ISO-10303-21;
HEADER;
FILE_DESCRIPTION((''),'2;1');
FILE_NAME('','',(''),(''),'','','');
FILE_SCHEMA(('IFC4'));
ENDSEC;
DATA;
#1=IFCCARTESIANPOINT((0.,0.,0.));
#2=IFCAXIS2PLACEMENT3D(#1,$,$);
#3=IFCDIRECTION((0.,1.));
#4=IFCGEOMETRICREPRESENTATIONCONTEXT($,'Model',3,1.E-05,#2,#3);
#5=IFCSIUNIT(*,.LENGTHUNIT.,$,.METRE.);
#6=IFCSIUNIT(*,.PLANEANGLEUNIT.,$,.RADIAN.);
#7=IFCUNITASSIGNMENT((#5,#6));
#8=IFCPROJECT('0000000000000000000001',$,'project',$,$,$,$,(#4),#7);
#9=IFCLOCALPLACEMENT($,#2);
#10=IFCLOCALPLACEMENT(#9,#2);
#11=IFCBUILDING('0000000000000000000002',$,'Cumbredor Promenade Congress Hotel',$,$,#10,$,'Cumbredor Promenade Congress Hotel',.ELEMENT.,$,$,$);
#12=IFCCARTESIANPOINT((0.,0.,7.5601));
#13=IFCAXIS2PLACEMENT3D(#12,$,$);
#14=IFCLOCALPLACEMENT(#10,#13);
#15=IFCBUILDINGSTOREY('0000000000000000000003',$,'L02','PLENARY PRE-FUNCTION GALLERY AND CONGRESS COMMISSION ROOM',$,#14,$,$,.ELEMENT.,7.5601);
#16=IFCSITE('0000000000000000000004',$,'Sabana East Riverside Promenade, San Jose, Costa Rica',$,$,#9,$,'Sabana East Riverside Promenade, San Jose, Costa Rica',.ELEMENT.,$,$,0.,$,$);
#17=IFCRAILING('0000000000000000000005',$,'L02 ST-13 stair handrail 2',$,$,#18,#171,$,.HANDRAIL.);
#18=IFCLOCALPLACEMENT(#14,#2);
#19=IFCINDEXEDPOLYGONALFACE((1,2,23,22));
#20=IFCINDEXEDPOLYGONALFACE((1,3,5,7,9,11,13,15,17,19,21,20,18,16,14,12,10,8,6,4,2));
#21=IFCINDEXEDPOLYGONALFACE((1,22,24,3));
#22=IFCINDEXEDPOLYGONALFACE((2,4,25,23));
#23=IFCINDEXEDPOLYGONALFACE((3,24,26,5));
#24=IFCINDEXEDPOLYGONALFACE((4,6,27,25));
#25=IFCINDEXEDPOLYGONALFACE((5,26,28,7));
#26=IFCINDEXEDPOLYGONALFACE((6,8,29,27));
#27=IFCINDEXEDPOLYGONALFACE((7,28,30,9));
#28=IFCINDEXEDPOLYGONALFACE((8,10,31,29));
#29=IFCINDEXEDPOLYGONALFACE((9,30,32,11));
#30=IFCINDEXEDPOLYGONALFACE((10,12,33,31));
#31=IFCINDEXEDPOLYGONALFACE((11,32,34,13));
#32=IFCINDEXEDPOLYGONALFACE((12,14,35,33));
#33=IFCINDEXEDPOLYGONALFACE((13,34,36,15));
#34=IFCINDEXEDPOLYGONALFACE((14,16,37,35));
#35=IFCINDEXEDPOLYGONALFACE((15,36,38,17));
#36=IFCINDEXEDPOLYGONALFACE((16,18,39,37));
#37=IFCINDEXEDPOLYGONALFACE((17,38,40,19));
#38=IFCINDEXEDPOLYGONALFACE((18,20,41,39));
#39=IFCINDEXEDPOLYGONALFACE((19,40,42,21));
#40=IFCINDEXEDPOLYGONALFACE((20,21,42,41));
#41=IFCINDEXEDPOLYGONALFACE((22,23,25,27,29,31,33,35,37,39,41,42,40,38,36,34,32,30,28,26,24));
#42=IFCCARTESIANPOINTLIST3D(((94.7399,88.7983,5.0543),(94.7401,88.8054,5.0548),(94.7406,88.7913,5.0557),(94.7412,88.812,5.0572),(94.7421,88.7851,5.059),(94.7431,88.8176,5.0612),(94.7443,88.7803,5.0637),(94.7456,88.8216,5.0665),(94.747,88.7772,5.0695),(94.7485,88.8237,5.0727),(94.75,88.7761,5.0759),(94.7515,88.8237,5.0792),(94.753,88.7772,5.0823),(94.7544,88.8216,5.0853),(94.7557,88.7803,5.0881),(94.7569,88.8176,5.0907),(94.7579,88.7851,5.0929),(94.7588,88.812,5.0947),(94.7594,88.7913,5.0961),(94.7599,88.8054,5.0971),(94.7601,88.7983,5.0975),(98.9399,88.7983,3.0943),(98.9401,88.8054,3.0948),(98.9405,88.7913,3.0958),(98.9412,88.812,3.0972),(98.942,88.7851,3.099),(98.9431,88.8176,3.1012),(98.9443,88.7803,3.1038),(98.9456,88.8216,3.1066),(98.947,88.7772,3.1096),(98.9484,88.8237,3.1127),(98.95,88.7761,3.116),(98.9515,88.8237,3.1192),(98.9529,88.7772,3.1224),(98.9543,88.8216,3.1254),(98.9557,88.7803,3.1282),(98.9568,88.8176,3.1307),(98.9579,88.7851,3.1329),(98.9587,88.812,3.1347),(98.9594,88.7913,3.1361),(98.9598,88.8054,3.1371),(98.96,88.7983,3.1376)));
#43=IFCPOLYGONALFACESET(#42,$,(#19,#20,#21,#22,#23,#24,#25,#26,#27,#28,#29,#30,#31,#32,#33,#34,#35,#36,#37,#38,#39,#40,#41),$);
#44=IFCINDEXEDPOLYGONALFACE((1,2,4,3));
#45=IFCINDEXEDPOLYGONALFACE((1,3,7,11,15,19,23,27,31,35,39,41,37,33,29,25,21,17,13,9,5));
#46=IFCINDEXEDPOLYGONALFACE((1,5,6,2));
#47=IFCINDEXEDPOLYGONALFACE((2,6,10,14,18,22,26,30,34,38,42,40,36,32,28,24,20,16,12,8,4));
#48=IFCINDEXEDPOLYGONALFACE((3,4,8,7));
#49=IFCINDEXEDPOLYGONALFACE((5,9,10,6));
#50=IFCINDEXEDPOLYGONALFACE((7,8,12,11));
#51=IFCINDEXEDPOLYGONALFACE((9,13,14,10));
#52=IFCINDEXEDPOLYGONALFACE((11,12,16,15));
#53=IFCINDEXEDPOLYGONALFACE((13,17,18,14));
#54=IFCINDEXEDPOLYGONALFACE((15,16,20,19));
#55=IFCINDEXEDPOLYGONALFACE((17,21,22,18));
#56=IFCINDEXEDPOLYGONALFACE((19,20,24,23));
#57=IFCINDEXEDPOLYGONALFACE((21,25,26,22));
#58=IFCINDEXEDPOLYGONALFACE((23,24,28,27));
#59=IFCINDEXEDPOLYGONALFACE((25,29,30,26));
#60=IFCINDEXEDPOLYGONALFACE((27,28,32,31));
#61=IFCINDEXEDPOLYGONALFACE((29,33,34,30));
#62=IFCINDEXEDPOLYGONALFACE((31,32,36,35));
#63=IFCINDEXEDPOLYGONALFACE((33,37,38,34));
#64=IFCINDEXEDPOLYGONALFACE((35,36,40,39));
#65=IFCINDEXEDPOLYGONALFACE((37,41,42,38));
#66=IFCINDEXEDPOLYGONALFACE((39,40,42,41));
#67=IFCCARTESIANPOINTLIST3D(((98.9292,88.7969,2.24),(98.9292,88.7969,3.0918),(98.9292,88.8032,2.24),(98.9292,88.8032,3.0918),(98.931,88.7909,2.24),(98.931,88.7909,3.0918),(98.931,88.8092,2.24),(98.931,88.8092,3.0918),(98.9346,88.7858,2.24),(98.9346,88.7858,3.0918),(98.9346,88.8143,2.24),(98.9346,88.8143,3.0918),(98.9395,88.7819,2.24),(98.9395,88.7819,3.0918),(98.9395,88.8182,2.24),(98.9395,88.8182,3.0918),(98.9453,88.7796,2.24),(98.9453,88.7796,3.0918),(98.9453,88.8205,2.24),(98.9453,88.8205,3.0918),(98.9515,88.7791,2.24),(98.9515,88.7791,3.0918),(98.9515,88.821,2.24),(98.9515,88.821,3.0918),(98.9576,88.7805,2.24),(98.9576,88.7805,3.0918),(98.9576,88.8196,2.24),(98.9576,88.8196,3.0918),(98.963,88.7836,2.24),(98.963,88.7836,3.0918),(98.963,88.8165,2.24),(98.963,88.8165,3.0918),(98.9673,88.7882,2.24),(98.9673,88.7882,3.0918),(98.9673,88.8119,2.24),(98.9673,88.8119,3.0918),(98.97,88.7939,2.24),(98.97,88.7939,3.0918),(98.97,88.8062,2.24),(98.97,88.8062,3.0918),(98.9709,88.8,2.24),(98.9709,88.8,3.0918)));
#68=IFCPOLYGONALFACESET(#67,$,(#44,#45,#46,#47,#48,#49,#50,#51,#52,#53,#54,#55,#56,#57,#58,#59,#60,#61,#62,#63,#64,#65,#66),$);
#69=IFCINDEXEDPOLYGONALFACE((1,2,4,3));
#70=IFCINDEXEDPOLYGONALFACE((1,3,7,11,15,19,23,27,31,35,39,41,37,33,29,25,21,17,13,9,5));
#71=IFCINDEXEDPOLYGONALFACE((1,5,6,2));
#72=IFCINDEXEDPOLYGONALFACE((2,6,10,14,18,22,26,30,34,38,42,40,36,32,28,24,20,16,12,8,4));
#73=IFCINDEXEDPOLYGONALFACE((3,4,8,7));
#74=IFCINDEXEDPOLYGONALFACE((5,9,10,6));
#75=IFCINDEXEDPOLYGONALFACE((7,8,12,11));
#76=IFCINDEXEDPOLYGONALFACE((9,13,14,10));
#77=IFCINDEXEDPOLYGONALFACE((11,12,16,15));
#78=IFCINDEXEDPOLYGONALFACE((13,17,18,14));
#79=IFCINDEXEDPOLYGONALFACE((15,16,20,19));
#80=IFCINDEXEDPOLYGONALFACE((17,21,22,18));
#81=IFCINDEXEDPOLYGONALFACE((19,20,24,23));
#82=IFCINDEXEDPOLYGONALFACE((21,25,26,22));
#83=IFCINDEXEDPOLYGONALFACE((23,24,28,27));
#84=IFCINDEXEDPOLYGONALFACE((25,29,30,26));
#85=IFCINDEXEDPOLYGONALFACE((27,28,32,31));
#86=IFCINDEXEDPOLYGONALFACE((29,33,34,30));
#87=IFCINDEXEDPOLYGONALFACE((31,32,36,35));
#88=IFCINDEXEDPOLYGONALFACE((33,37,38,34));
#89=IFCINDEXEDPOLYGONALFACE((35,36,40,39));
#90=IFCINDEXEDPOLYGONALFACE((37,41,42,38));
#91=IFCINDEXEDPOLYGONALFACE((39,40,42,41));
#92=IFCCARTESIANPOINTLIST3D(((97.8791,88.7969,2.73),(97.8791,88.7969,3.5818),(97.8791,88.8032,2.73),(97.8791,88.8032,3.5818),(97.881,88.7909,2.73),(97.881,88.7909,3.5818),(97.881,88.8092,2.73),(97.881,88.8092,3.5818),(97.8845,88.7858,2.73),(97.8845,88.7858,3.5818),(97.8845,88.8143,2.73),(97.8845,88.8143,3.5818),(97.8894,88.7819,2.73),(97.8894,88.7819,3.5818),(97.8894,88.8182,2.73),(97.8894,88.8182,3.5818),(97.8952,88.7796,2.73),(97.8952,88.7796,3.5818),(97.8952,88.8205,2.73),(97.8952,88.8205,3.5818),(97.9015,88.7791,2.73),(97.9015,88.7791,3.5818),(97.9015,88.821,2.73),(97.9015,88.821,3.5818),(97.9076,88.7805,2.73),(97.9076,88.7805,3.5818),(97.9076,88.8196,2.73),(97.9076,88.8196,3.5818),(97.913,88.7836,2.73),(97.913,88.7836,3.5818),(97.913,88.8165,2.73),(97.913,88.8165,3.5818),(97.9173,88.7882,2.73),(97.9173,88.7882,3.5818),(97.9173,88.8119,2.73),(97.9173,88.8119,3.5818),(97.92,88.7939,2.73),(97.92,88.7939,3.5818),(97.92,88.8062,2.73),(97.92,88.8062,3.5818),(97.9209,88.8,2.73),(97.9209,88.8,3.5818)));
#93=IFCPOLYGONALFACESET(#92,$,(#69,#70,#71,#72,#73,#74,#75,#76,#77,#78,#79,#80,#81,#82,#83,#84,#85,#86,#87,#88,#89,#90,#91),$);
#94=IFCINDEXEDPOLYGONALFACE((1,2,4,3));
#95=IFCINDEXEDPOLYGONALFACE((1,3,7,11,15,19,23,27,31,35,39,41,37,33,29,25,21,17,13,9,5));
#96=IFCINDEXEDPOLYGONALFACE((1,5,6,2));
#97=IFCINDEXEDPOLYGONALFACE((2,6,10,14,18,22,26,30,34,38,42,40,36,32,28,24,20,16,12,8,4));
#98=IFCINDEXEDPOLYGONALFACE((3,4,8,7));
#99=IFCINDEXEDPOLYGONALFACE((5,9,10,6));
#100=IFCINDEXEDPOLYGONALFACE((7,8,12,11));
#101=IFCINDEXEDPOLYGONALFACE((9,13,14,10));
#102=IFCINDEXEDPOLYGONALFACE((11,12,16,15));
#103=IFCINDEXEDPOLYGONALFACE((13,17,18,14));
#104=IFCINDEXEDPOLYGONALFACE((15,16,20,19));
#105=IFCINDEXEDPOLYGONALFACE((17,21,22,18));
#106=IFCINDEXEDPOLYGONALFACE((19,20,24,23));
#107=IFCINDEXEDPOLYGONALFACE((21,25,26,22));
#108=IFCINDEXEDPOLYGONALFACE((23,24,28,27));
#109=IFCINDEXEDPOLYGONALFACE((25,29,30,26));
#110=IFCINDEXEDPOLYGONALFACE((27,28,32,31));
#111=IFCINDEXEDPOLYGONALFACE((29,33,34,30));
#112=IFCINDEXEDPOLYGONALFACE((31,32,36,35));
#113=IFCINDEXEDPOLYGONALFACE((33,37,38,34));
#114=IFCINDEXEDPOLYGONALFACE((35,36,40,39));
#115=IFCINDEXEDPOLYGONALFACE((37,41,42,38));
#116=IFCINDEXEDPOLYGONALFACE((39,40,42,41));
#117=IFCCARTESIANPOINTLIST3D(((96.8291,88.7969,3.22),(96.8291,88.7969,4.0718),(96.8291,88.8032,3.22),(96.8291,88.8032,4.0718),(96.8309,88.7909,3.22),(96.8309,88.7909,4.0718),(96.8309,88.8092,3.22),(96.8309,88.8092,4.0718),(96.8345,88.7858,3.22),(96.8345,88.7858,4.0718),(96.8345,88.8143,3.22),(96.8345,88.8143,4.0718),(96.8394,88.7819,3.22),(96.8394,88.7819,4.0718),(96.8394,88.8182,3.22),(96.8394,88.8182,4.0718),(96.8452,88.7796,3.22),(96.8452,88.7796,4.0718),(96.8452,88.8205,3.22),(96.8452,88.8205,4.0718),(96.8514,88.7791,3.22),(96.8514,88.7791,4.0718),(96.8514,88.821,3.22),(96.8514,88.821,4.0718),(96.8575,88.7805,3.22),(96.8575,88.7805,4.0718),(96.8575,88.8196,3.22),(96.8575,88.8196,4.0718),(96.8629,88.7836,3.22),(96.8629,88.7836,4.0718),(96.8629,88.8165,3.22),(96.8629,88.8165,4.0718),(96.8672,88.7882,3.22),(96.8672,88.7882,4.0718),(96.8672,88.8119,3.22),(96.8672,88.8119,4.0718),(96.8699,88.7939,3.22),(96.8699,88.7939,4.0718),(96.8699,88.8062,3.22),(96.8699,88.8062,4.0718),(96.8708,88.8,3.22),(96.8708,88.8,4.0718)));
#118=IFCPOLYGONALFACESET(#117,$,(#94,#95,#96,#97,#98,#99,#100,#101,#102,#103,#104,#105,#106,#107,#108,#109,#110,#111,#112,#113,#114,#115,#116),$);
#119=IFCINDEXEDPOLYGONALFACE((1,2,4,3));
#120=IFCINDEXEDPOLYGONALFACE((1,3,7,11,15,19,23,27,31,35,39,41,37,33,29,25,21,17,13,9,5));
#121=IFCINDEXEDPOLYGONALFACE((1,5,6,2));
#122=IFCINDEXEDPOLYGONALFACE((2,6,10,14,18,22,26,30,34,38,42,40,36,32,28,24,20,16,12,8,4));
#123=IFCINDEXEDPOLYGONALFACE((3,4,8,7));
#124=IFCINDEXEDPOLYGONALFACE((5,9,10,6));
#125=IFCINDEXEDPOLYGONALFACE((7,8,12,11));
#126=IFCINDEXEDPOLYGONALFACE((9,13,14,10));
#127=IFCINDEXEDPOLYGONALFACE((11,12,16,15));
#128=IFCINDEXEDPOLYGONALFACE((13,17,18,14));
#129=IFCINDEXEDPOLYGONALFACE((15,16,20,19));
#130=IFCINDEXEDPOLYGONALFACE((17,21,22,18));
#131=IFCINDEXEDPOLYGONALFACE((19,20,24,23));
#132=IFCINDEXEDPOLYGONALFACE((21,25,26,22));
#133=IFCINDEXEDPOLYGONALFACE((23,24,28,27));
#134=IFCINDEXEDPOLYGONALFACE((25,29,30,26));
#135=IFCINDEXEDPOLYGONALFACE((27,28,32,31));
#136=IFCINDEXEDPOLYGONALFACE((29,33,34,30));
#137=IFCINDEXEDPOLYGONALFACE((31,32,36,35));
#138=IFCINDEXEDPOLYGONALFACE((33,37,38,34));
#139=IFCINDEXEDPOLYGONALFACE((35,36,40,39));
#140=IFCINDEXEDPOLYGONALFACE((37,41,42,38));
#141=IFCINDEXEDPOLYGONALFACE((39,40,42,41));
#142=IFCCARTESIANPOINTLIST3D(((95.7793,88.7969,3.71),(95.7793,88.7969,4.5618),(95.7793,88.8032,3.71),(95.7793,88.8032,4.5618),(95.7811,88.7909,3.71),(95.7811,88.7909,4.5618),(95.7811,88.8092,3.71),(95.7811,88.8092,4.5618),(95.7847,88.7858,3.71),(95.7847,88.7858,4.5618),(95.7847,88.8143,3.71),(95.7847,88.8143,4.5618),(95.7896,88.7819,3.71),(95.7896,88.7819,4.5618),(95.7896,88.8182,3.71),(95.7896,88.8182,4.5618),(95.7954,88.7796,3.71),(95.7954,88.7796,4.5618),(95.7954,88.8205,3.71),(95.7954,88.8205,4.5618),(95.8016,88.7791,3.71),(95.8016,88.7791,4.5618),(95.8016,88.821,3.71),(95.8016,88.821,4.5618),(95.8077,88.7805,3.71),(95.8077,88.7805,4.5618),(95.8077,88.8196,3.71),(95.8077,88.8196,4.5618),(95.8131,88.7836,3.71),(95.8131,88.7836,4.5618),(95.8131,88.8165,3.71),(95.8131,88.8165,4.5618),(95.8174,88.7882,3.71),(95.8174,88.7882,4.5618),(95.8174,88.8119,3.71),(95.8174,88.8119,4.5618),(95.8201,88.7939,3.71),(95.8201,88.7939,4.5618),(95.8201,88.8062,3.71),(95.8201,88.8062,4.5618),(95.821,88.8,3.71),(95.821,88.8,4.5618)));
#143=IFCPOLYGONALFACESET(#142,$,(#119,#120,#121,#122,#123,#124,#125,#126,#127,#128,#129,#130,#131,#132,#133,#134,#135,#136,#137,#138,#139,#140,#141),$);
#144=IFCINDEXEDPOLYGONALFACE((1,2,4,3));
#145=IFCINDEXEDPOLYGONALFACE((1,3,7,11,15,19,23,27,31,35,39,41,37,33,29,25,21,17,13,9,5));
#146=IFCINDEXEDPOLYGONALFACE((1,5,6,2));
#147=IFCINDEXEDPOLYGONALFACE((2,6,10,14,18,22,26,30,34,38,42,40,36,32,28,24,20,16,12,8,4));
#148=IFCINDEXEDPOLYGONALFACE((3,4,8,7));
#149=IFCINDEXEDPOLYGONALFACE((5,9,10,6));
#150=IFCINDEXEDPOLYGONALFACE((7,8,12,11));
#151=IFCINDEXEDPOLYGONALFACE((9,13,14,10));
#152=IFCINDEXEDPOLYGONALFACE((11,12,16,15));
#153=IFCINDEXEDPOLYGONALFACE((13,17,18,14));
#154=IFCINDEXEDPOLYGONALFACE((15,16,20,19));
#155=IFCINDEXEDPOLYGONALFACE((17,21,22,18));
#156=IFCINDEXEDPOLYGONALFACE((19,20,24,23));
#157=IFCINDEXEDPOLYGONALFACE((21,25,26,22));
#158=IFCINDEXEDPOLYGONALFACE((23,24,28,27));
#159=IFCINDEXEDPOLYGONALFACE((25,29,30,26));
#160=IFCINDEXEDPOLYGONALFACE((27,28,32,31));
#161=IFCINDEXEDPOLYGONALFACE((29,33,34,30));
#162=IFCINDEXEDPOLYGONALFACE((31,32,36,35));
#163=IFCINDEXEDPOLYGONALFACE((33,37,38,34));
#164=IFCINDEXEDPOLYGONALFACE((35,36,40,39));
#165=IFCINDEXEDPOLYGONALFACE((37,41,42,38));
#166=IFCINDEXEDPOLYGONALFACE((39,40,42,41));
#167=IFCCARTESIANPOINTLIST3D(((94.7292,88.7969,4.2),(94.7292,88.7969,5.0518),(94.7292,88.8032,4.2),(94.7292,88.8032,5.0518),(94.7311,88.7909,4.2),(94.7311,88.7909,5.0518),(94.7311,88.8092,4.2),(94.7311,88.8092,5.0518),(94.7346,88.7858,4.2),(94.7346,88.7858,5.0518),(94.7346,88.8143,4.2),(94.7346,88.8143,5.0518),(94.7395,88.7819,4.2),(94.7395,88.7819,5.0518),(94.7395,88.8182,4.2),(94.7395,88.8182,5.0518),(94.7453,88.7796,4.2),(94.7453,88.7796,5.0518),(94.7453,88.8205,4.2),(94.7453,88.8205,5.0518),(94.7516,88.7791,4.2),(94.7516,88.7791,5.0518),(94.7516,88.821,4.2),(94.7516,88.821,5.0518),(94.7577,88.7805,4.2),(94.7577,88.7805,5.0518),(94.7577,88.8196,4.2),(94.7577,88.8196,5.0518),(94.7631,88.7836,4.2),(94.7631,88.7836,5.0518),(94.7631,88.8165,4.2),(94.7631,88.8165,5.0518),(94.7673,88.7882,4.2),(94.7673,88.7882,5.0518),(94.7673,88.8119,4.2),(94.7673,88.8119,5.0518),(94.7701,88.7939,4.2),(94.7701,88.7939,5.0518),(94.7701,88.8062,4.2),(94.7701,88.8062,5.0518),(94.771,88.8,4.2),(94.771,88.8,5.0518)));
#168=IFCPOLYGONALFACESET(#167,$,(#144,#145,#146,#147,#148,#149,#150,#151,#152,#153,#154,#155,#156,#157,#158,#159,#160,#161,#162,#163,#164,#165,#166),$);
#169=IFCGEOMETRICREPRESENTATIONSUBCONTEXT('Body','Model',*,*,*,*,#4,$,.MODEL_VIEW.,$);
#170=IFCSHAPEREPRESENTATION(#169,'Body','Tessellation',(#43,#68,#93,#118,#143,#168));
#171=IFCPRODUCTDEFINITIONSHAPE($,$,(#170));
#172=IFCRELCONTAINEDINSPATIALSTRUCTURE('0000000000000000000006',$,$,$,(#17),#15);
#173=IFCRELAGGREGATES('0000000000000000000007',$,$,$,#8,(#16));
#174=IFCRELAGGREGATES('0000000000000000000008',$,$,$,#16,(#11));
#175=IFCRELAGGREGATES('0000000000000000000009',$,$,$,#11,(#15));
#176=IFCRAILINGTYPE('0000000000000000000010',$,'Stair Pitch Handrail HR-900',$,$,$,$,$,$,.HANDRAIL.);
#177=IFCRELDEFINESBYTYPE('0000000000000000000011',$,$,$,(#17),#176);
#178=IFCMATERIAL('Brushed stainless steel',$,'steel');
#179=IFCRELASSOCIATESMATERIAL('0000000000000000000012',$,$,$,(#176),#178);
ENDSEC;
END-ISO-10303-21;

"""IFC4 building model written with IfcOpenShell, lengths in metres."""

from ifc_helpers import new_model, si_unit, direction, frame, origin, origin_2d, place, context, subcontext, project, spatial, circle, extrude, material, type_object, element, save


model = new_model("IFC4")

# Units and contexts
model_context = context("Model", 3, precision=1e-05, world=origin(), true_north=direction((0.0, 1.0)))
body_context = subcontext(model_context, "Body", "Model", "MODEL_VIEW")
ifc_project = project(units=[si_unit("LENGTHUNIT", "METRE"), si_unit("PLANEANGLEUNIT", "RADIAN")], contexts=[model_context])

# Site, building, storey
site_placement = place(None, origin())
site = spatial("IfcSite", under=ifc_project, at=site_placement, Name="Sabana East Riverside Promenade, San Jose, Costa Rica", LongName="Sabana East Riverside Promenade, San Jose, Costa Rica", CompositionType="ELEMENT", RefElevation=0.0)
building_placement = place(site_placement, origin())
building = spatial("IfcBuilding", under=site, at=building_placement, Name="Cumbredor Promenade Congress Hotel", LongName="Cumbredor Promenade Congress Hotel", CompositionType="ELEMENT")
storey_placement = place(building_placement, frame((0.0, 0.0, 7.5601)))
storey = spatial("IfcBuildingStorey", under=building, at=storey_placement, Name="L02", Description="PLENARY PRE-FUNCTION GALLERY AND CONGRESS COMMISSION ROOM", CompositionType="ELEMENT", Elevation=7.5601)

# Shared definitions
ifc_material_1 = material(Name="Brushed stainless steel", Category="steel")

# Railing
railing_type_1 = type_object("IfcRailingType", Name="Stair Pitch Handrail HR-900", PredefinedType="HANDRAIL", material=ifc_material_1)
railing_1_placement = place(storey_placement, frame((98.95, 88.8, 2.24)))
element("IfcRailing", 1, at=railing_1_placement, inside=storey, type_object=railing_type_1, Name="L02 ST-13 stair handrail 2", PredefinedType="HANDRAIL", context=body_context, shape_type="SweptSolid", body=[
    extrude(circle(Radius=0.0239, at=origin_2d()), frame((0.0, 0.0, 0.876), z_axis=(-0.906184, 0.0, 0.422883), x_axis=(0.0, -1.0, 0.0)), (0.0, 0.0, 1.0), 4.6348),
    extrude(circle(Radius=0.021, at=origin_2d()), origin(), (0.0, 0.0, 1.0), 0.8518),
    extrude(circle(Radius=0.021, at=origin_2d()), frame((-1.05, 0.0, 0.49)), (0.0, 0.0, 1.0), 0.8518),
    extrude(circle(Radius=0.021, at=origin_2d()), frame((-2.1001, 0.0, 0.98)), (0.0, 0.0, 1.0), 0.8518),
    extrude(circle(Radius=0.021, at=origin_2d()), frame((-3.1499, 0.0, 1.47)), (0.0, 0.0, 1.0), 0.8518),
    extrude(circle(Radius=0.021, at=origin_2d()), frame((-4.2, 0.0, 1.96)), (0.0, 0.0, 1.0), 0.8518),
])

save(model, "model.ifc")
